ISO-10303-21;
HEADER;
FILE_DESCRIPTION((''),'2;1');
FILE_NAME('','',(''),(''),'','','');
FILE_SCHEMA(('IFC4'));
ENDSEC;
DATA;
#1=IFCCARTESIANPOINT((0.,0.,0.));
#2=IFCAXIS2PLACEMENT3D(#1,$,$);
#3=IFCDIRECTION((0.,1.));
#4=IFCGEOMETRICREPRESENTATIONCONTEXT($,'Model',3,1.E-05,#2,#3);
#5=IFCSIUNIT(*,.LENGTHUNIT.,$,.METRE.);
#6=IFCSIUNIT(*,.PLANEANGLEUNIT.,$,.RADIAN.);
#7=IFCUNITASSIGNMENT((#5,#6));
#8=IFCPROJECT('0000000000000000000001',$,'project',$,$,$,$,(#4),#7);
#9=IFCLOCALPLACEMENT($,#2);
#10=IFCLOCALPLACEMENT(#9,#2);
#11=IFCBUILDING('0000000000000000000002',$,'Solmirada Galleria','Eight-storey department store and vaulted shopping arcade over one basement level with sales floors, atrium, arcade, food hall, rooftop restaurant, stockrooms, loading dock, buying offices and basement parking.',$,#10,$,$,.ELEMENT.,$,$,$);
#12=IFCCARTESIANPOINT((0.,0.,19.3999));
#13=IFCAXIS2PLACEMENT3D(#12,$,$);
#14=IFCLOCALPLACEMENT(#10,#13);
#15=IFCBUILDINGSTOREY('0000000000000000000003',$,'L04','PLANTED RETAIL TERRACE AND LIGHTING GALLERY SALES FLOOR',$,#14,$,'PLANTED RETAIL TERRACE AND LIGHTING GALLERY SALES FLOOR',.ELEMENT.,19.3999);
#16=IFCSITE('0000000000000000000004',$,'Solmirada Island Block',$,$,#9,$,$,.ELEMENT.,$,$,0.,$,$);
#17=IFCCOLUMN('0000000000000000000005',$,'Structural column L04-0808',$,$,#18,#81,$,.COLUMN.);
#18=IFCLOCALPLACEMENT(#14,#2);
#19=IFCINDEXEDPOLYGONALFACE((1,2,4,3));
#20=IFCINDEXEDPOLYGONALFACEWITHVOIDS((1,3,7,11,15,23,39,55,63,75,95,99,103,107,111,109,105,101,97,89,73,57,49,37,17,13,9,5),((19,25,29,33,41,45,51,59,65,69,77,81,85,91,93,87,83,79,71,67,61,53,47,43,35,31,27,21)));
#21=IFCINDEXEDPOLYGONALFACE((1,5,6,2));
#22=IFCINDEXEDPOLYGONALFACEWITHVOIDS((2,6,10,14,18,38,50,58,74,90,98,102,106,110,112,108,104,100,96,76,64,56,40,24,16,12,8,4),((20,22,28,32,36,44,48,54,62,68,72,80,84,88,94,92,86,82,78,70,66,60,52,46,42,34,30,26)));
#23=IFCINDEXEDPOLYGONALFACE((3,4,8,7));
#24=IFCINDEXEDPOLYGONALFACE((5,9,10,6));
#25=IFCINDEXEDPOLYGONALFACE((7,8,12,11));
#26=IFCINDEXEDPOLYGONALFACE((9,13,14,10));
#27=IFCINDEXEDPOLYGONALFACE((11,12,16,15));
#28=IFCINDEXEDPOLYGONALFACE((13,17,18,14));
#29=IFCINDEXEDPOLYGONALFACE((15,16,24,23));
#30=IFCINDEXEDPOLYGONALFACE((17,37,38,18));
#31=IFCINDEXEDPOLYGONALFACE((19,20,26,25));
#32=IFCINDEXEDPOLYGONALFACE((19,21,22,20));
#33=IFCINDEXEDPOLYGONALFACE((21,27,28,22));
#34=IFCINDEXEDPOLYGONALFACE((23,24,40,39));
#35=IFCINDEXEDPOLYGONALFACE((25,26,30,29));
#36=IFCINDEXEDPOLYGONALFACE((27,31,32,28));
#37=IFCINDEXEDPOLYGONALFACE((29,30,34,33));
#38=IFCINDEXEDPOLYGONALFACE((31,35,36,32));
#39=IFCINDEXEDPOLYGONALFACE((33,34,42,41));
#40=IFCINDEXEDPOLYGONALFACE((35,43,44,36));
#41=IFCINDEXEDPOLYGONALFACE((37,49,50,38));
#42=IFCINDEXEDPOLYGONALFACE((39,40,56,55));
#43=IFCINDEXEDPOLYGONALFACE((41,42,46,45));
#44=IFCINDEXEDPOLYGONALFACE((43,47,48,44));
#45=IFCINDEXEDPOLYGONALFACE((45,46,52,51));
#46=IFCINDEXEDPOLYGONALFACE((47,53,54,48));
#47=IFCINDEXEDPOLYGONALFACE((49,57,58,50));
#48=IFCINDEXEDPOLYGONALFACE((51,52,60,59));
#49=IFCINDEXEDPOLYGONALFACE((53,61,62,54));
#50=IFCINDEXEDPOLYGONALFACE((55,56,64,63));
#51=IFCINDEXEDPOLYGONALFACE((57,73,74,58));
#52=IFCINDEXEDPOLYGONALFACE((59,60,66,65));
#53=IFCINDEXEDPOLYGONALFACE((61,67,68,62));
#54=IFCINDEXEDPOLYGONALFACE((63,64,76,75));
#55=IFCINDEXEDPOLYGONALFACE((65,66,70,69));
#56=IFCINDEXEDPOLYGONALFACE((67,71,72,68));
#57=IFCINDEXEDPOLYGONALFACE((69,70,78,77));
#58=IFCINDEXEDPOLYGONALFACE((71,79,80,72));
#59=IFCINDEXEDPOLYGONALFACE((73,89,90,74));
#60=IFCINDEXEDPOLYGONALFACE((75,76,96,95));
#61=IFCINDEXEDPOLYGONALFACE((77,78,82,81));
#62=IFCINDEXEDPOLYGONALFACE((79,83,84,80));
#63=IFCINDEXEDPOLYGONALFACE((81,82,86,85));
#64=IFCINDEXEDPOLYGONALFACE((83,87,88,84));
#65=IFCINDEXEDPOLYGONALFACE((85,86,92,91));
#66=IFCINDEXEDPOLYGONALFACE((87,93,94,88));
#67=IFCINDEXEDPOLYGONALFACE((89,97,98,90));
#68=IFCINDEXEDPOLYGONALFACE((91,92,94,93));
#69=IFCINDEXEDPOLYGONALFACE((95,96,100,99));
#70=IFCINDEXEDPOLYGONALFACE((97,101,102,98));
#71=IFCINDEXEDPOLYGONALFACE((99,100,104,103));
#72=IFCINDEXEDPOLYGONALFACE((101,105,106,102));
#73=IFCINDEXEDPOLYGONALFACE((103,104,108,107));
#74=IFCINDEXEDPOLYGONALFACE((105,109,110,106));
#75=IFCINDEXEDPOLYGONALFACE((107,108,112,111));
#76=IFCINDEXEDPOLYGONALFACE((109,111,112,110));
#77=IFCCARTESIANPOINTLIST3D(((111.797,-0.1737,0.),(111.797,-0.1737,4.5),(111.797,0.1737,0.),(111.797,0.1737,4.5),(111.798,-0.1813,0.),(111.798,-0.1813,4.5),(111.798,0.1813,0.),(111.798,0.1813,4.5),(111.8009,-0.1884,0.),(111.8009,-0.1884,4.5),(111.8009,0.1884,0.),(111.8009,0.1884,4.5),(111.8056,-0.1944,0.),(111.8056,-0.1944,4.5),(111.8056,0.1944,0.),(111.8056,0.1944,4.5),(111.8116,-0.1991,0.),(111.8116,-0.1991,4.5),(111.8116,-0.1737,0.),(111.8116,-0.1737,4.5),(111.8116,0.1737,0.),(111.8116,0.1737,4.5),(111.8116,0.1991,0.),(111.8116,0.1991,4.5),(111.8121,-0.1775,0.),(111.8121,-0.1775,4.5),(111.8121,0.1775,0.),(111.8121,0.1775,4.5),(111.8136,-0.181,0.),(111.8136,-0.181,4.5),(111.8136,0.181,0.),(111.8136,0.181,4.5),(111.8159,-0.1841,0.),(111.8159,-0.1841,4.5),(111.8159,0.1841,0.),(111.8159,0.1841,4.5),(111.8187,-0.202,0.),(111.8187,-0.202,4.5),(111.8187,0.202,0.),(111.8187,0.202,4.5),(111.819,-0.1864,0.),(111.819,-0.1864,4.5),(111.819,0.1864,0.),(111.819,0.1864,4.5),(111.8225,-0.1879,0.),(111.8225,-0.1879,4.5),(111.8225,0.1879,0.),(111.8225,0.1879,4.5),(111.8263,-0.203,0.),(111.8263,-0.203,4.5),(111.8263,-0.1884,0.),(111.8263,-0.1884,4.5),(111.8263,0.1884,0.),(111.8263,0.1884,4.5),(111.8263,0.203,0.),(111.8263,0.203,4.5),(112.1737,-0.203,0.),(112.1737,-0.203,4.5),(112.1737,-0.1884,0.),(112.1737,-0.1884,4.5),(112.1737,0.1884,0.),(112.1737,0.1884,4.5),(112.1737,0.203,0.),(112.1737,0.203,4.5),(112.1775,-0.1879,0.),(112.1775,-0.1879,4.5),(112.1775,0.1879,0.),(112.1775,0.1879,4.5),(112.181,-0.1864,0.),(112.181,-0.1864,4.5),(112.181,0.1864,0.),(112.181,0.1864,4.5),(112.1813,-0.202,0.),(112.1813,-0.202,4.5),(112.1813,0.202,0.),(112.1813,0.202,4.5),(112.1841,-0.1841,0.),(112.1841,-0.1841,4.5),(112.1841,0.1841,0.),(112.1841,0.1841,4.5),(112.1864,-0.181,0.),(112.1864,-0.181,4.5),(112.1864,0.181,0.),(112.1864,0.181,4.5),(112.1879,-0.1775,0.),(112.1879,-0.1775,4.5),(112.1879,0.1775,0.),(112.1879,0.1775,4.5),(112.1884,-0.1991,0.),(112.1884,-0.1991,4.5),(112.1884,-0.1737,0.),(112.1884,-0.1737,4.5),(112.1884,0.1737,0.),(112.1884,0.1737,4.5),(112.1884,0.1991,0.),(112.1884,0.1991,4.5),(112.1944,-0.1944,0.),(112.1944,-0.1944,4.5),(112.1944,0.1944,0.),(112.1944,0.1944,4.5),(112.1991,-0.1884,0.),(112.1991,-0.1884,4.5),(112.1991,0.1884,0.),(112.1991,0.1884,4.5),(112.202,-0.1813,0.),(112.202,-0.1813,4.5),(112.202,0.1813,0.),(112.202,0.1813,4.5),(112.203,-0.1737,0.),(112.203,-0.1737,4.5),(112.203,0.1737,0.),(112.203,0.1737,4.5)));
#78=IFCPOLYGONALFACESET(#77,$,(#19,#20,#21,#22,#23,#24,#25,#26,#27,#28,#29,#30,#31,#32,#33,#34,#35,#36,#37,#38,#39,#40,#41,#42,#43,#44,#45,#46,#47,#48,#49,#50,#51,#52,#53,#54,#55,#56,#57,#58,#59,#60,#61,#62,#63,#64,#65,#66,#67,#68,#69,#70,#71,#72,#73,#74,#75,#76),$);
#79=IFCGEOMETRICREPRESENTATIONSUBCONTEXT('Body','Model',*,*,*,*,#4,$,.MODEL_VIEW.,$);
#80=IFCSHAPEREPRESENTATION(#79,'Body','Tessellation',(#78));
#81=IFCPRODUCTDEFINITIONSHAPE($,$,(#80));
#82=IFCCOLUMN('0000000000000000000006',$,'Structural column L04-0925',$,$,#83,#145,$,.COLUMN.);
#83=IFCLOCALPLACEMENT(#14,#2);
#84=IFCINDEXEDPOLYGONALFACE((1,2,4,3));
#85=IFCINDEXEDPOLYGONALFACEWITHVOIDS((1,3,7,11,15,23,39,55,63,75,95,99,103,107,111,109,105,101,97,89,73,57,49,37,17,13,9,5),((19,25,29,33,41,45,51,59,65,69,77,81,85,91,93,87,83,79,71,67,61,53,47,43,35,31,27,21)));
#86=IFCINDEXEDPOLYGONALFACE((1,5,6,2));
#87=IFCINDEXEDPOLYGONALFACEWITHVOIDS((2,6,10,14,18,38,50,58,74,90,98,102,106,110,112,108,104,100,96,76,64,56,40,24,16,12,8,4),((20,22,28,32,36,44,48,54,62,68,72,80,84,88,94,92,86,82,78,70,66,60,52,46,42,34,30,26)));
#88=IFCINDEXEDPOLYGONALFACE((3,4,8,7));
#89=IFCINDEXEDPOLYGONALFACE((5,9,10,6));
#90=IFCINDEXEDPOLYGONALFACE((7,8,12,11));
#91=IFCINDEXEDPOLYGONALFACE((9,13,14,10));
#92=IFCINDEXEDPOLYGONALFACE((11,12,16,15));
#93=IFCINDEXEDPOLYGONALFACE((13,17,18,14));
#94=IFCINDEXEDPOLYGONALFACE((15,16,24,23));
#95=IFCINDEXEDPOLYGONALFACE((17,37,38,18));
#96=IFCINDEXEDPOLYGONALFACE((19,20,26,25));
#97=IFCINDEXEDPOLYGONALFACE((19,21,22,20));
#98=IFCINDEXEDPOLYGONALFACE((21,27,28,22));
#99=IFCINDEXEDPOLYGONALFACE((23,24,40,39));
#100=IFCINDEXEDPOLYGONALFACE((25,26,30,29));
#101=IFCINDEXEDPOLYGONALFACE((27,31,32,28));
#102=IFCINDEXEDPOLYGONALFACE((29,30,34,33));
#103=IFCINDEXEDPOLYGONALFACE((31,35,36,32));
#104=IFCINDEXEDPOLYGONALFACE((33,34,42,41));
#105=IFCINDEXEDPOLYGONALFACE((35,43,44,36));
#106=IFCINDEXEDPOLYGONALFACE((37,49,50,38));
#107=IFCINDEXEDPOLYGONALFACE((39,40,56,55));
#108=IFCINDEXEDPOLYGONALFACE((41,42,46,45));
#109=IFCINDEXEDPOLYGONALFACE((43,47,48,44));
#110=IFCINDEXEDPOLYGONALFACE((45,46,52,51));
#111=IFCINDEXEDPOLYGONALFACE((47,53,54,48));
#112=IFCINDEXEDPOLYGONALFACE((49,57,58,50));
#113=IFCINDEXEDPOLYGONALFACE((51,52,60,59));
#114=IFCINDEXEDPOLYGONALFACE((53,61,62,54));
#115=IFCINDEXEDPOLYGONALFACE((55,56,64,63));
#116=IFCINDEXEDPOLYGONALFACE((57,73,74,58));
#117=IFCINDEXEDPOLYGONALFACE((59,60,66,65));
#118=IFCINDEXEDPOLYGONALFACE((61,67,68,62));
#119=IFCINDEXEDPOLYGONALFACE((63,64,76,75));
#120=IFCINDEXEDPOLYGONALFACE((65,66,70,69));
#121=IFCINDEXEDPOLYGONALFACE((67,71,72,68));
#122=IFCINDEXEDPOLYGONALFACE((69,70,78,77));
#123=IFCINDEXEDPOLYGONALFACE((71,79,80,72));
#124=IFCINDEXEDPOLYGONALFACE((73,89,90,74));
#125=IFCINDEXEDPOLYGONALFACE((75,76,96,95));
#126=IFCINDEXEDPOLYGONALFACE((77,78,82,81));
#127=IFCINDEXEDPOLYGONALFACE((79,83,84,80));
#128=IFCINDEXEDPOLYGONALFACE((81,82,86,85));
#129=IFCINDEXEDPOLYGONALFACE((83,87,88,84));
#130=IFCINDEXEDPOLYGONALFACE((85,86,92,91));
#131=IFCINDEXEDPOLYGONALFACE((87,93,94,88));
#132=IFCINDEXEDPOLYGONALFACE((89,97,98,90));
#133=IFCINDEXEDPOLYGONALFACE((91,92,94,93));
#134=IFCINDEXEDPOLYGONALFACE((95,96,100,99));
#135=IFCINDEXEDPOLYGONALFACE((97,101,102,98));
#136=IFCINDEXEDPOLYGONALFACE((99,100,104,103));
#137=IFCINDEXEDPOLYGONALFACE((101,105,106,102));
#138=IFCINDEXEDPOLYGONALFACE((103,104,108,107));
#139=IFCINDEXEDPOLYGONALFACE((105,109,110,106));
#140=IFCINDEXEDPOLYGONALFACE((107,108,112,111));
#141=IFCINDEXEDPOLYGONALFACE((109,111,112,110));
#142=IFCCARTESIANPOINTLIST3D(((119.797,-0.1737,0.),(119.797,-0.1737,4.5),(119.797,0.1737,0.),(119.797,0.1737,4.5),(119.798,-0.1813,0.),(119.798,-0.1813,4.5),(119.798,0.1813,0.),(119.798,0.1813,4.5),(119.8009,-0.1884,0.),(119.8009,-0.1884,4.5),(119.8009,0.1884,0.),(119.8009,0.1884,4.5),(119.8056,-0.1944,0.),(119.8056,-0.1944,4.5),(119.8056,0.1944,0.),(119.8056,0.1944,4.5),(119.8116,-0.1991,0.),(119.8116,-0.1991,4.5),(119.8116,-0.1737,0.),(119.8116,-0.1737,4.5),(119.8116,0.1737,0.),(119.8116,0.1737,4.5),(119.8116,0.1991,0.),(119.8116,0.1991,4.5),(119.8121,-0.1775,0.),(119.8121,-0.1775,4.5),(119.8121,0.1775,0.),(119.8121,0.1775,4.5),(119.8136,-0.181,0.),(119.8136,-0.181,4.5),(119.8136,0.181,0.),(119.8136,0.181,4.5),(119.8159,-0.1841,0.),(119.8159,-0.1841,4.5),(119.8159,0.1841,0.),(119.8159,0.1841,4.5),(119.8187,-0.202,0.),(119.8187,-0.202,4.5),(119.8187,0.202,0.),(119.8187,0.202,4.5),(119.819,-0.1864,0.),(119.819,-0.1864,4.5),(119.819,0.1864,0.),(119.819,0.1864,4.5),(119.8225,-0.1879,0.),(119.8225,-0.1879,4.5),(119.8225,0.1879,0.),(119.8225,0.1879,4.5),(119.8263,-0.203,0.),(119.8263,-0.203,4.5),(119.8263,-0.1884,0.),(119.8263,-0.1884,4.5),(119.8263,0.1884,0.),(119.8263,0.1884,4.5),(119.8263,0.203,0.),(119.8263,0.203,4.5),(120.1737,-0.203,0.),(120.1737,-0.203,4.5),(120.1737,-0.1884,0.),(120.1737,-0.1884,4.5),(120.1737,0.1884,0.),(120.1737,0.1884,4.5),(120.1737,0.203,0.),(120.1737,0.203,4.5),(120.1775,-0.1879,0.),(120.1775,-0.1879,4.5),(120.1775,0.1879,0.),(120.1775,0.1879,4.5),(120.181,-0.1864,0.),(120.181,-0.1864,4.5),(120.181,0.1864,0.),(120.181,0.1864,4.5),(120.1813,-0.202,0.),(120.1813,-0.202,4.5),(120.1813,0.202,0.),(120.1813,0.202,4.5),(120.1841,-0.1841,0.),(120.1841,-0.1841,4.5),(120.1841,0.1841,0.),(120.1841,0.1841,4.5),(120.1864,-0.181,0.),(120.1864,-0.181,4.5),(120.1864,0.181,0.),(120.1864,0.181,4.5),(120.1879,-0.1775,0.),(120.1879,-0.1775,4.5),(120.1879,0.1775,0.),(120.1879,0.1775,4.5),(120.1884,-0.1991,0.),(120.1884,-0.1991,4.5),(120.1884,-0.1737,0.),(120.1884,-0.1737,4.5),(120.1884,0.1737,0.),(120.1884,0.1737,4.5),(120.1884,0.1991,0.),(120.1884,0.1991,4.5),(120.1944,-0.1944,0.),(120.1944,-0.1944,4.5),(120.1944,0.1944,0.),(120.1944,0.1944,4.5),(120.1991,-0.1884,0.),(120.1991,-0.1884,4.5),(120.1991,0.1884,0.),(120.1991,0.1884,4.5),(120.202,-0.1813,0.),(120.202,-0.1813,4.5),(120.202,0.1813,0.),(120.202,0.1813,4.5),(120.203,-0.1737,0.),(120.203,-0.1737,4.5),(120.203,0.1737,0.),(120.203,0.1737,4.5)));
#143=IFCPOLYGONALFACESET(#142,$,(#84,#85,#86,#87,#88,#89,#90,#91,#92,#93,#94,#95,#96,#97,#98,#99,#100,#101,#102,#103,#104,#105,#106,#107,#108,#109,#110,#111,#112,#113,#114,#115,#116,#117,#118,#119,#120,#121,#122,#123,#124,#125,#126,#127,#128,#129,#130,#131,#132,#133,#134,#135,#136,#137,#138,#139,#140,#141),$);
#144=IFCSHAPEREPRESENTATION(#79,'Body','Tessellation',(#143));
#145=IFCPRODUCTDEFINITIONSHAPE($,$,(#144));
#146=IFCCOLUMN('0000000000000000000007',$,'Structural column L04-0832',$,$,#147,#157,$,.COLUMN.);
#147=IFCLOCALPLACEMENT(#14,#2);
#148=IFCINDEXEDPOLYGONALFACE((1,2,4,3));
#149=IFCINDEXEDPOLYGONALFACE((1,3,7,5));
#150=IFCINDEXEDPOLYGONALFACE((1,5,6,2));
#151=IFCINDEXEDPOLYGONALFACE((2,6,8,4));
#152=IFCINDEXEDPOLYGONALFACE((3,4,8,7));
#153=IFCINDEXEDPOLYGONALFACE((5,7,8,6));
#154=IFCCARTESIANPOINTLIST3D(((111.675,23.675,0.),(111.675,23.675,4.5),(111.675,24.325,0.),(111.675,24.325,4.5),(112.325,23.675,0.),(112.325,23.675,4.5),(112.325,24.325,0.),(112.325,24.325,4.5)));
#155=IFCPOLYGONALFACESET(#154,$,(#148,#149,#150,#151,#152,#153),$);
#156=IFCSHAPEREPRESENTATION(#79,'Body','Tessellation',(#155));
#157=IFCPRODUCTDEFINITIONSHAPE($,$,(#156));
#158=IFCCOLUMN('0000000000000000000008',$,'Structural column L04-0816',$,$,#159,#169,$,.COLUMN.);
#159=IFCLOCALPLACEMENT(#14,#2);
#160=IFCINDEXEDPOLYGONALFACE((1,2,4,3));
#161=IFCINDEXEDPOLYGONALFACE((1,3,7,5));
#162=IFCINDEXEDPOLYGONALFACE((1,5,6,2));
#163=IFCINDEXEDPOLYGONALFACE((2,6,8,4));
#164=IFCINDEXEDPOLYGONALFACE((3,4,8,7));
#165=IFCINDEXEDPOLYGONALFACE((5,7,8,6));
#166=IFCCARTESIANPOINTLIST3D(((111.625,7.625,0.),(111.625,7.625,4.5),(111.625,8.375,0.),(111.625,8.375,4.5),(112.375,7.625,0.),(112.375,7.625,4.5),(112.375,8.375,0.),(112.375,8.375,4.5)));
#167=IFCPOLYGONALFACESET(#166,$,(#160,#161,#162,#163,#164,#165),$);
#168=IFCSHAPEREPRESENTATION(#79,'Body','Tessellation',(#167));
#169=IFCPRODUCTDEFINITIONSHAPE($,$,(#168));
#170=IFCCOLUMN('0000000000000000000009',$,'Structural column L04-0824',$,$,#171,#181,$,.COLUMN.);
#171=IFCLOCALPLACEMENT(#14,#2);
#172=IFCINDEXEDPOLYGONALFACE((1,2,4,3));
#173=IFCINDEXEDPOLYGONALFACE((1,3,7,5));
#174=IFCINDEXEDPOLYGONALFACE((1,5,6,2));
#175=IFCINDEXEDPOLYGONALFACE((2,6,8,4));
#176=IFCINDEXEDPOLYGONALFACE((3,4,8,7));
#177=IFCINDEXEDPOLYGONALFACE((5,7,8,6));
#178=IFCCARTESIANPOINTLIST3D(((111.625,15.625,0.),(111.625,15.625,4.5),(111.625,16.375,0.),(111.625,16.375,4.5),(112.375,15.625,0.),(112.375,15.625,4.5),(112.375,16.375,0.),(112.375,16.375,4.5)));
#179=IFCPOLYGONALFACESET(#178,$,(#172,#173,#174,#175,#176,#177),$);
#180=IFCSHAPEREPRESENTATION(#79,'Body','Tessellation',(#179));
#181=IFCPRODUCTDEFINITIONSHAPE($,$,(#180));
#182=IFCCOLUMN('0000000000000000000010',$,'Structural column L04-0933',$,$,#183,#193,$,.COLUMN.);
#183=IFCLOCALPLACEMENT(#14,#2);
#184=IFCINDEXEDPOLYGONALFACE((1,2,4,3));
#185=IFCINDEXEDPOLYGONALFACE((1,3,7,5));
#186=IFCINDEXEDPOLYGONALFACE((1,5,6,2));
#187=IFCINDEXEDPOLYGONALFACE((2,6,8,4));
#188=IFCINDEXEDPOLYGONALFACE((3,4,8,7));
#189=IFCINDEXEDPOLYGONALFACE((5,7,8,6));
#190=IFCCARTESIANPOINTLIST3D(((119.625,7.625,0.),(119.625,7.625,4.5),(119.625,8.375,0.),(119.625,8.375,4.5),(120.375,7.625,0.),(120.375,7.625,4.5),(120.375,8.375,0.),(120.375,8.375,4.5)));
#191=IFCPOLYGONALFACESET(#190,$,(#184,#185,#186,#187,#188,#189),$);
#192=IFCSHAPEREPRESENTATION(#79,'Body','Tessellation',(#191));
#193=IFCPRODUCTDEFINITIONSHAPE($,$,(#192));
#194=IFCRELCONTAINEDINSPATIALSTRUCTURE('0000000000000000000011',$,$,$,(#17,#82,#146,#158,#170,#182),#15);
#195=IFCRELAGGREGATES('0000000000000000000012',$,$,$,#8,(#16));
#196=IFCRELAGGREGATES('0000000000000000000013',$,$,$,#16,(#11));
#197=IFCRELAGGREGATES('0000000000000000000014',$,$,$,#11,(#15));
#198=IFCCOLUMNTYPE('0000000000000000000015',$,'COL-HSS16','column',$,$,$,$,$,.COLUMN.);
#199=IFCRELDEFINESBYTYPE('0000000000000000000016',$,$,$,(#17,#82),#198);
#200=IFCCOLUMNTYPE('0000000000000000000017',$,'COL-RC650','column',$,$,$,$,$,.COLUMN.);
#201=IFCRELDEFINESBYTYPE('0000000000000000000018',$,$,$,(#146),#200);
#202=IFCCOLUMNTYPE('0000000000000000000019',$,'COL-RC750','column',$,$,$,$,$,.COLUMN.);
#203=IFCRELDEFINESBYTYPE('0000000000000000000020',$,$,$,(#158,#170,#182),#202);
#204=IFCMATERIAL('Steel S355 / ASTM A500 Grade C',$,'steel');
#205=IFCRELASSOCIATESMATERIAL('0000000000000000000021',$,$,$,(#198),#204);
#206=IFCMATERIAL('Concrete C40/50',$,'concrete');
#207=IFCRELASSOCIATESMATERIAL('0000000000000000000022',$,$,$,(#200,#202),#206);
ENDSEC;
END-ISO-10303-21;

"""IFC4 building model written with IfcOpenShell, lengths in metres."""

from ifc_helpers import new_model, si_unit, direction, frame, origin, origin_2d, place, context, subcontext, project, spatial, rectangle, hollow_rectangle, extrude, material, material_profile, profile_set, type_object, element, save


model = new_model("IFC4")

# Units and contexts
model_context = context("Model", 3, precision=1e-05, world=origin(), true_north=direction((0.0, 1.0)))
body_context = subcontext(model_context, "Body", "Model", "MODEL_VIEW")
ifc_project = project(units=[si_unit("LENGTHUNIT", "METRE"), si_unit("PLANEANGLEUNIT", "RADIAN")], contexts=[model_context])

# Site, building, storey
site_placement = place(None, origin())
site = spatial("IfcSite", under=ifc_project, at=site_placement, Name="Solmirada Island Block", CompositionType="ELEMENT", RefElevation=0.0)
building_placement = place(site_placement, origin())
building = spatial("IfcBuilding", under=site, at=building_placement, Name="Solmirada Galleria", Description="Eight-storey department store and vaulted shopping arcade over one basement level with sales floors, atrium, arcade, food hall, rooftop restaurant, stockrooms, loading dock, buying offices and basement parking.", CompositionType="ELEMENT")
storey_placement = place(building_placement, frame((0.0, 0.0, 19.3999)))
storey = spatial("IfcBuildingStorey", under=building, at=storey_placement, Name="L04", Description="PLANTED RETAIL TERRACE AND LIGHTING GALLERY SALES FLOOR", LongName="PLANTED RETAIL TERRACE AND LIGHTING GALLERY SALES FLOOR", CompositionType="ELEMENT", Elevation=19.3999)

# Columns
ifc_material_1 = material(Name="Steel S355 / ASTM A500 Grade C", Category="steel")
ifc_material_profile_1 = material_profile(ifc_material_1, hollow_rectangle(XDim=0.406, YDim=0.406, WallThickness=0.0146, InnerFilletRadius=0.0146, OuterFilletRadius=0.0293, at=origin_2d()), Name="HSS16X16X5/8")
ifc_profile_set_1 = profile_set([ifc_material_profile_1], Name="Steel S355 / ASTM A500 Grade C")
column_type_1 = type_object("IfcColumnType", Name="COL-HSS16", Description="column", PredefinedType="COLUMN", material=ifc_profile_set_1)
for number, where, z_axis, x_axis, name in (
    (1, (112.0, 0.0, 0.0), (0.0, 0.0, 1.0), (1.0, 0.0, 0.0), "Structural column L04-0808"),
    (2, (120.0, 0.0, 0.0), (0.0, 0.0, 1.0), (1.0, 0.0, 0.0), "Structural column L04-0925"),
):
    element("IfcColumn", number, at=place(storey_placement, frame(where, z_axis=z_axis, x_axis=x_axis)), inside=storey, type_object=column_type_1, Name=name, PredefinedType="COLUMN", context=body_context, shape_type="SweptSolid", body=[
        extrude(hollow_rectangle(XDim=0.406, YDim=0.406, WallThickness=0.0146, InnerFilletRadius=0.0146, OuterFilletRadius=0.0293, at=origin_2d()), origin(), (0.0, 0.0, 1.0), 4.5),
    ])
ifc_material_2 = material(Name="Concrete C40/50", Category="concrete")
ifc_material_profile_2 = material_profile(ifc_material_2, rectangle(XDim=0.6499, YDim=0.6499, at=origin_2d()), Name="RC650X650")
ifc_profile_set_2 = profile_set([ifc_material_profile_2], Name="Concrete C40/50")
column_type_2 = type_object("IfcColumnType", Name="COL-RC650", Description="column", PredefinedType="COLUMN", material=ifc_profile_set_2)
column_placement = place(storey_placement, frame((112.0, 24.0, 0.0), z_axis=(0.0, 0.0, 1.0), x_axis=(1.0, 0.0, 0.0)))
element("IfcColumn", 3, at=column_placement, inside=storey, type_object=column_type_2, Name="Structural column L04-0832", PredefinedType="COLUMN", context=body_context, shape_type="SweptSolid", body=[
    extrude(rectangle(XDim=0.6499, YDim=0.6499, at=origin_2d()), origin(), (0.0, 0.0, 1.0), 4.5),
])
ifc_material_profile_3 = material_profile(ifc_material_2, rectangle(XDim=0.75, YDim=0.75, at=origin_2d()), Name="RC750X750")
ifc_profile_set_3 = profile_set([ifc_material_profile_3], Name="Concrete C40/50")
column_type_3 = type_object("IfcColumnType", Name="COL-RC750", Description="column", PredefinedType="COLUMN", material=ifc_profile_set_3)
for number, where, z_axis, x_axis, name in (
    (4, (112.0, 8.0, 0.0), (0.0, 0.0, 1.0), (1.0, 0.0, 0.0), "Structural column L04-0816"),
    (5, (112.0, 16.0, 0.0), (0.0, 0.0, 1.0), (1.0, 0.0, 0.0), "Structural column L04-0824"),
    (6, (120.0, 8.0, 0.0), (0.0, 0.0, 1.0), (1.0, 0.0, 0.0), "Structural column L04-0933"),
):
    element("IfcColumn", number, at=place(storey_placement, frame(where, z_axis=z_axis, x_axis=x_axis)), inside=storey, type_object=column_type_3, Name=name, PredefinedType="COLUMN", context=body_context, shape_type="SweptSolid", body=[
        extrude(rectangle(XDim=0.75, YDim=0.75, at=origin_2d()), origin(), (0.0, 0.0, 1.0), 4.5),
    ])

save(model, "model.ifc")
